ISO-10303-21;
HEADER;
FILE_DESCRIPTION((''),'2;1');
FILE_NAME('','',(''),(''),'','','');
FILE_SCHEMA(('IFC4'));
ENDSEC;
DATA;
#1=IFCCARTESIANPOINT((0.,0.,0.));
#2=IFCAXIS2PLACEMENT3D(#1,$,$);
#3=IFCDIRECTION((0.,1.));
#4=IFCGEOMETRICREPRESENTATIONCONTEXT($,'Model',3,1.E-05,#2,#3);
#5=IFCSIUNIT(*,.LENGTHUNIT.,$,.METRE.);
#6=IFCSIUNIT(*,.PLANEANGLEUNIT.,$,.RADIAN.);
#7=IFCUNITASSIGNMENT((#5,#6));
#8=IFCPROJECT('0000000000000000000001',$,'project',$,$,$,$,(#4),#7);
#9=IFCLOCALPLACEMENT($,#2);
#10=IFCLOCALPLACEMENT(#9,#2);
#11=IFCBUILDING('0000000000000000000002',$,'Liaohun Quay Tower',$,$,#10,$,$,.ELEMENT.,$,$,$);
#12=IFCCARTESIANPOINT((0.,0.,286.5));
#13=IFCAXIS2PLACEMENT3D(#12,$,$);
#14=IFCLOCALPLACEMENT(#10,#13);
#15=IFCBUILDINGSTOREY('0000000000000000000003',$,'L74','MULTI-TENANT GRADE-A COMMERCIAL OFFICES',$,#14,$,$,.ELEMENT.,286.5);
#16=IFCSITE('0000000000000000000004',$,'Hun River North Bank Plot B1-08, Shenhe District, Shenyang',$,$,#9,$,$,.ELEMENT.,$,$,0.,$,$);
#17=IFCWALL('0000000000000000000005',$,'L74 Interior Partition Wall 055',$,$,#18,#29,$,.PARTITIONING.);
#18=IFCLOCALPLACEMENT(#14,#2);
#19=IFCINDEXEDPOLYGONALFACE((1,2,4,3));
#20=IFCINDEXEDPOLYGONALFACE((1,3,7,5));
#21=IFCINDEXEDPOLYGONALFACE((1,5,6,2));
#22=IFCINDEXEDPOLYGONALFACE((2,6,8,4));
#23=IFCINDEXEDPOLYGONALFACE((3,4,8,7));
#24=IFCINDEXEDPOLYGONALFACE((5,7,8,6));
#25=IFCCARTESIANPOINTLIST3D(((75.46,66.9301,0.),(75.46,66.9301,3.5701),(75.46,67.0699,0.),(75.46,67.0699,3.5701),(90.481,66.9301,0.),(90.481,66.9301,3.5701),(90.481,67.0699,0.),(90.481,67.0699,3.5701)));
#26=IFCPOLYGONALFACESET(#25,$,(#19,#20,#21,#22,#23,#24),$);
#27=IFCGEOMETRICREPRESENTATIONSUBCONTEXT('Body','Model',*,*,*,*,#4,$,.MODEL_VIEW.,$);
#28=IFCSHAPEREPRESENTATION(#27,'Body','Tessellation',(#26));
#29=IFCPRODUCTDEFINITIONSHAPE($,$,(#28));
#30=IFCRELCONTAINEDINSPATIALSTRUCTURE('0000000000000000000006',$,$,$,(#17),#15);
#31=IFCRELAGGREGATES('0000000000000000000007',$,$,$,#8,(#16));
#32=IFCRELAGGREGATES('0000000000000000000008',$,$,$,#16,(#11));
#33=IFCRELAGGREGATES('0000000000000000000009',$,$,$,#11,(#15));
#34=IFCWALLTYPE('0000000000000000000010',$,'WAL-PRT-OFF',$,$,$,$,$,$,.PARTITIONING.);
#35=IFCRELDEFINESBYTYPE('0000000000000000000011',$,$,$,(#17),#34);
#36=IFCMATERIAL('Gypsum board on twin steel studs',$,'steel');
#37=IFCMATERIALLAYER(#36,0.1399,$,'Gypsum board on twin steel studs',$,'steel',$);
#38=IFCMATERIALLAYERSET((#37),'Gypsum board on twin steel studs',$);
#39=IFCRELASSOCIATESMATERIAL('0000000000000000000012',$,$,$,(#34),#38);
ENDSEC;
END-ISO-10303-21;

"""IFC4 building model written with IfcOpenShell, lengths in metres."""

from ifc_helpers import new_model, si_unit, direction, frame, frame_2d, origin, place, context, subcontext, project, spatial, rectangle, extrude, material, layer, layer_set, type_object, element, save


model = new_model("IFC4")

# Units and contexts
model_context = context("Model", 3, precision=1e-05, world=origin(), true_north=direction((0.0, 1.0)))
body_context = subcontext(model_context, "Body", "Model", "MODEL_VIEW")
ifc_project = project(units=[si_unit("LENGTHUNIT", "METRE"), si_unit("PLANEANGLEUNIT", "RADIAN")], contexts=[model_context])

# Site, building, storey
site_placement = place(None, origin())
site = spatial("IfcSite", under=ifc_project, at=site_placement, Name="Hun River North Bank Plot B1-08, Shenhe District, Shenyang", CompositionType="ELEMENT", RefElevation=0.0)
building_placement = place(site_placement, origin())
building = spatial("IfcBuilding", under=site, at=building_placement, Name="Liaohun Quay Tower", CompositionType="ELEMENT")
storey_placement = place(building_placement, frame((0.0, 0.0, 286.5)))
storey = spatial("IfcBuildingStorey", under=building, at=storey_placement, Name="L74", Description="MULTI-TENANT GRADE-A COMMERCIAL OFFICES", CompositionType="ELEMENT", Elevation=286.5)

# Wall
ifc_material_1 = material(Name="Gypsum board on twin steel studs", Category="steel")
ifc_layer_1 = layer(ifc_material_1, 0.1399, Name="Gypsum board on twin steel studs", Category="steel")
ifc_layer_set_1 = layer_set([ifc_layer_1], Name="Gypsum board on twin steel studs")
wall_type_1 = type_object("IfcWallType", Name="WAL-PRT-OFF", PredefinedType="PARTITIONING", material=ifc_layer_set_1)
wall_1_placement = place(storey_placement, frame((75.46, 67.0, 0.0), z_axis=(0.0, 0.0, 1.0), x_axis=(1.0, 0.0, 0.0)))
element("IfcWall", 1, at=wall_1_placement, inside=storey, type_object=wall_type_1, Name="L74 Interior Partition Wall 055", PredefinedType="PARTITIONING", context=body_context, shape_type="SweptSolid", body=[
    extrude(rectangle(XDim=15.021, YDim=0.1399, at=frame_2d((7.5105, 0.0))), origin(), (0.0, 0.0, 1.0), 3.5701),
])

save(model, "model.ifc")
